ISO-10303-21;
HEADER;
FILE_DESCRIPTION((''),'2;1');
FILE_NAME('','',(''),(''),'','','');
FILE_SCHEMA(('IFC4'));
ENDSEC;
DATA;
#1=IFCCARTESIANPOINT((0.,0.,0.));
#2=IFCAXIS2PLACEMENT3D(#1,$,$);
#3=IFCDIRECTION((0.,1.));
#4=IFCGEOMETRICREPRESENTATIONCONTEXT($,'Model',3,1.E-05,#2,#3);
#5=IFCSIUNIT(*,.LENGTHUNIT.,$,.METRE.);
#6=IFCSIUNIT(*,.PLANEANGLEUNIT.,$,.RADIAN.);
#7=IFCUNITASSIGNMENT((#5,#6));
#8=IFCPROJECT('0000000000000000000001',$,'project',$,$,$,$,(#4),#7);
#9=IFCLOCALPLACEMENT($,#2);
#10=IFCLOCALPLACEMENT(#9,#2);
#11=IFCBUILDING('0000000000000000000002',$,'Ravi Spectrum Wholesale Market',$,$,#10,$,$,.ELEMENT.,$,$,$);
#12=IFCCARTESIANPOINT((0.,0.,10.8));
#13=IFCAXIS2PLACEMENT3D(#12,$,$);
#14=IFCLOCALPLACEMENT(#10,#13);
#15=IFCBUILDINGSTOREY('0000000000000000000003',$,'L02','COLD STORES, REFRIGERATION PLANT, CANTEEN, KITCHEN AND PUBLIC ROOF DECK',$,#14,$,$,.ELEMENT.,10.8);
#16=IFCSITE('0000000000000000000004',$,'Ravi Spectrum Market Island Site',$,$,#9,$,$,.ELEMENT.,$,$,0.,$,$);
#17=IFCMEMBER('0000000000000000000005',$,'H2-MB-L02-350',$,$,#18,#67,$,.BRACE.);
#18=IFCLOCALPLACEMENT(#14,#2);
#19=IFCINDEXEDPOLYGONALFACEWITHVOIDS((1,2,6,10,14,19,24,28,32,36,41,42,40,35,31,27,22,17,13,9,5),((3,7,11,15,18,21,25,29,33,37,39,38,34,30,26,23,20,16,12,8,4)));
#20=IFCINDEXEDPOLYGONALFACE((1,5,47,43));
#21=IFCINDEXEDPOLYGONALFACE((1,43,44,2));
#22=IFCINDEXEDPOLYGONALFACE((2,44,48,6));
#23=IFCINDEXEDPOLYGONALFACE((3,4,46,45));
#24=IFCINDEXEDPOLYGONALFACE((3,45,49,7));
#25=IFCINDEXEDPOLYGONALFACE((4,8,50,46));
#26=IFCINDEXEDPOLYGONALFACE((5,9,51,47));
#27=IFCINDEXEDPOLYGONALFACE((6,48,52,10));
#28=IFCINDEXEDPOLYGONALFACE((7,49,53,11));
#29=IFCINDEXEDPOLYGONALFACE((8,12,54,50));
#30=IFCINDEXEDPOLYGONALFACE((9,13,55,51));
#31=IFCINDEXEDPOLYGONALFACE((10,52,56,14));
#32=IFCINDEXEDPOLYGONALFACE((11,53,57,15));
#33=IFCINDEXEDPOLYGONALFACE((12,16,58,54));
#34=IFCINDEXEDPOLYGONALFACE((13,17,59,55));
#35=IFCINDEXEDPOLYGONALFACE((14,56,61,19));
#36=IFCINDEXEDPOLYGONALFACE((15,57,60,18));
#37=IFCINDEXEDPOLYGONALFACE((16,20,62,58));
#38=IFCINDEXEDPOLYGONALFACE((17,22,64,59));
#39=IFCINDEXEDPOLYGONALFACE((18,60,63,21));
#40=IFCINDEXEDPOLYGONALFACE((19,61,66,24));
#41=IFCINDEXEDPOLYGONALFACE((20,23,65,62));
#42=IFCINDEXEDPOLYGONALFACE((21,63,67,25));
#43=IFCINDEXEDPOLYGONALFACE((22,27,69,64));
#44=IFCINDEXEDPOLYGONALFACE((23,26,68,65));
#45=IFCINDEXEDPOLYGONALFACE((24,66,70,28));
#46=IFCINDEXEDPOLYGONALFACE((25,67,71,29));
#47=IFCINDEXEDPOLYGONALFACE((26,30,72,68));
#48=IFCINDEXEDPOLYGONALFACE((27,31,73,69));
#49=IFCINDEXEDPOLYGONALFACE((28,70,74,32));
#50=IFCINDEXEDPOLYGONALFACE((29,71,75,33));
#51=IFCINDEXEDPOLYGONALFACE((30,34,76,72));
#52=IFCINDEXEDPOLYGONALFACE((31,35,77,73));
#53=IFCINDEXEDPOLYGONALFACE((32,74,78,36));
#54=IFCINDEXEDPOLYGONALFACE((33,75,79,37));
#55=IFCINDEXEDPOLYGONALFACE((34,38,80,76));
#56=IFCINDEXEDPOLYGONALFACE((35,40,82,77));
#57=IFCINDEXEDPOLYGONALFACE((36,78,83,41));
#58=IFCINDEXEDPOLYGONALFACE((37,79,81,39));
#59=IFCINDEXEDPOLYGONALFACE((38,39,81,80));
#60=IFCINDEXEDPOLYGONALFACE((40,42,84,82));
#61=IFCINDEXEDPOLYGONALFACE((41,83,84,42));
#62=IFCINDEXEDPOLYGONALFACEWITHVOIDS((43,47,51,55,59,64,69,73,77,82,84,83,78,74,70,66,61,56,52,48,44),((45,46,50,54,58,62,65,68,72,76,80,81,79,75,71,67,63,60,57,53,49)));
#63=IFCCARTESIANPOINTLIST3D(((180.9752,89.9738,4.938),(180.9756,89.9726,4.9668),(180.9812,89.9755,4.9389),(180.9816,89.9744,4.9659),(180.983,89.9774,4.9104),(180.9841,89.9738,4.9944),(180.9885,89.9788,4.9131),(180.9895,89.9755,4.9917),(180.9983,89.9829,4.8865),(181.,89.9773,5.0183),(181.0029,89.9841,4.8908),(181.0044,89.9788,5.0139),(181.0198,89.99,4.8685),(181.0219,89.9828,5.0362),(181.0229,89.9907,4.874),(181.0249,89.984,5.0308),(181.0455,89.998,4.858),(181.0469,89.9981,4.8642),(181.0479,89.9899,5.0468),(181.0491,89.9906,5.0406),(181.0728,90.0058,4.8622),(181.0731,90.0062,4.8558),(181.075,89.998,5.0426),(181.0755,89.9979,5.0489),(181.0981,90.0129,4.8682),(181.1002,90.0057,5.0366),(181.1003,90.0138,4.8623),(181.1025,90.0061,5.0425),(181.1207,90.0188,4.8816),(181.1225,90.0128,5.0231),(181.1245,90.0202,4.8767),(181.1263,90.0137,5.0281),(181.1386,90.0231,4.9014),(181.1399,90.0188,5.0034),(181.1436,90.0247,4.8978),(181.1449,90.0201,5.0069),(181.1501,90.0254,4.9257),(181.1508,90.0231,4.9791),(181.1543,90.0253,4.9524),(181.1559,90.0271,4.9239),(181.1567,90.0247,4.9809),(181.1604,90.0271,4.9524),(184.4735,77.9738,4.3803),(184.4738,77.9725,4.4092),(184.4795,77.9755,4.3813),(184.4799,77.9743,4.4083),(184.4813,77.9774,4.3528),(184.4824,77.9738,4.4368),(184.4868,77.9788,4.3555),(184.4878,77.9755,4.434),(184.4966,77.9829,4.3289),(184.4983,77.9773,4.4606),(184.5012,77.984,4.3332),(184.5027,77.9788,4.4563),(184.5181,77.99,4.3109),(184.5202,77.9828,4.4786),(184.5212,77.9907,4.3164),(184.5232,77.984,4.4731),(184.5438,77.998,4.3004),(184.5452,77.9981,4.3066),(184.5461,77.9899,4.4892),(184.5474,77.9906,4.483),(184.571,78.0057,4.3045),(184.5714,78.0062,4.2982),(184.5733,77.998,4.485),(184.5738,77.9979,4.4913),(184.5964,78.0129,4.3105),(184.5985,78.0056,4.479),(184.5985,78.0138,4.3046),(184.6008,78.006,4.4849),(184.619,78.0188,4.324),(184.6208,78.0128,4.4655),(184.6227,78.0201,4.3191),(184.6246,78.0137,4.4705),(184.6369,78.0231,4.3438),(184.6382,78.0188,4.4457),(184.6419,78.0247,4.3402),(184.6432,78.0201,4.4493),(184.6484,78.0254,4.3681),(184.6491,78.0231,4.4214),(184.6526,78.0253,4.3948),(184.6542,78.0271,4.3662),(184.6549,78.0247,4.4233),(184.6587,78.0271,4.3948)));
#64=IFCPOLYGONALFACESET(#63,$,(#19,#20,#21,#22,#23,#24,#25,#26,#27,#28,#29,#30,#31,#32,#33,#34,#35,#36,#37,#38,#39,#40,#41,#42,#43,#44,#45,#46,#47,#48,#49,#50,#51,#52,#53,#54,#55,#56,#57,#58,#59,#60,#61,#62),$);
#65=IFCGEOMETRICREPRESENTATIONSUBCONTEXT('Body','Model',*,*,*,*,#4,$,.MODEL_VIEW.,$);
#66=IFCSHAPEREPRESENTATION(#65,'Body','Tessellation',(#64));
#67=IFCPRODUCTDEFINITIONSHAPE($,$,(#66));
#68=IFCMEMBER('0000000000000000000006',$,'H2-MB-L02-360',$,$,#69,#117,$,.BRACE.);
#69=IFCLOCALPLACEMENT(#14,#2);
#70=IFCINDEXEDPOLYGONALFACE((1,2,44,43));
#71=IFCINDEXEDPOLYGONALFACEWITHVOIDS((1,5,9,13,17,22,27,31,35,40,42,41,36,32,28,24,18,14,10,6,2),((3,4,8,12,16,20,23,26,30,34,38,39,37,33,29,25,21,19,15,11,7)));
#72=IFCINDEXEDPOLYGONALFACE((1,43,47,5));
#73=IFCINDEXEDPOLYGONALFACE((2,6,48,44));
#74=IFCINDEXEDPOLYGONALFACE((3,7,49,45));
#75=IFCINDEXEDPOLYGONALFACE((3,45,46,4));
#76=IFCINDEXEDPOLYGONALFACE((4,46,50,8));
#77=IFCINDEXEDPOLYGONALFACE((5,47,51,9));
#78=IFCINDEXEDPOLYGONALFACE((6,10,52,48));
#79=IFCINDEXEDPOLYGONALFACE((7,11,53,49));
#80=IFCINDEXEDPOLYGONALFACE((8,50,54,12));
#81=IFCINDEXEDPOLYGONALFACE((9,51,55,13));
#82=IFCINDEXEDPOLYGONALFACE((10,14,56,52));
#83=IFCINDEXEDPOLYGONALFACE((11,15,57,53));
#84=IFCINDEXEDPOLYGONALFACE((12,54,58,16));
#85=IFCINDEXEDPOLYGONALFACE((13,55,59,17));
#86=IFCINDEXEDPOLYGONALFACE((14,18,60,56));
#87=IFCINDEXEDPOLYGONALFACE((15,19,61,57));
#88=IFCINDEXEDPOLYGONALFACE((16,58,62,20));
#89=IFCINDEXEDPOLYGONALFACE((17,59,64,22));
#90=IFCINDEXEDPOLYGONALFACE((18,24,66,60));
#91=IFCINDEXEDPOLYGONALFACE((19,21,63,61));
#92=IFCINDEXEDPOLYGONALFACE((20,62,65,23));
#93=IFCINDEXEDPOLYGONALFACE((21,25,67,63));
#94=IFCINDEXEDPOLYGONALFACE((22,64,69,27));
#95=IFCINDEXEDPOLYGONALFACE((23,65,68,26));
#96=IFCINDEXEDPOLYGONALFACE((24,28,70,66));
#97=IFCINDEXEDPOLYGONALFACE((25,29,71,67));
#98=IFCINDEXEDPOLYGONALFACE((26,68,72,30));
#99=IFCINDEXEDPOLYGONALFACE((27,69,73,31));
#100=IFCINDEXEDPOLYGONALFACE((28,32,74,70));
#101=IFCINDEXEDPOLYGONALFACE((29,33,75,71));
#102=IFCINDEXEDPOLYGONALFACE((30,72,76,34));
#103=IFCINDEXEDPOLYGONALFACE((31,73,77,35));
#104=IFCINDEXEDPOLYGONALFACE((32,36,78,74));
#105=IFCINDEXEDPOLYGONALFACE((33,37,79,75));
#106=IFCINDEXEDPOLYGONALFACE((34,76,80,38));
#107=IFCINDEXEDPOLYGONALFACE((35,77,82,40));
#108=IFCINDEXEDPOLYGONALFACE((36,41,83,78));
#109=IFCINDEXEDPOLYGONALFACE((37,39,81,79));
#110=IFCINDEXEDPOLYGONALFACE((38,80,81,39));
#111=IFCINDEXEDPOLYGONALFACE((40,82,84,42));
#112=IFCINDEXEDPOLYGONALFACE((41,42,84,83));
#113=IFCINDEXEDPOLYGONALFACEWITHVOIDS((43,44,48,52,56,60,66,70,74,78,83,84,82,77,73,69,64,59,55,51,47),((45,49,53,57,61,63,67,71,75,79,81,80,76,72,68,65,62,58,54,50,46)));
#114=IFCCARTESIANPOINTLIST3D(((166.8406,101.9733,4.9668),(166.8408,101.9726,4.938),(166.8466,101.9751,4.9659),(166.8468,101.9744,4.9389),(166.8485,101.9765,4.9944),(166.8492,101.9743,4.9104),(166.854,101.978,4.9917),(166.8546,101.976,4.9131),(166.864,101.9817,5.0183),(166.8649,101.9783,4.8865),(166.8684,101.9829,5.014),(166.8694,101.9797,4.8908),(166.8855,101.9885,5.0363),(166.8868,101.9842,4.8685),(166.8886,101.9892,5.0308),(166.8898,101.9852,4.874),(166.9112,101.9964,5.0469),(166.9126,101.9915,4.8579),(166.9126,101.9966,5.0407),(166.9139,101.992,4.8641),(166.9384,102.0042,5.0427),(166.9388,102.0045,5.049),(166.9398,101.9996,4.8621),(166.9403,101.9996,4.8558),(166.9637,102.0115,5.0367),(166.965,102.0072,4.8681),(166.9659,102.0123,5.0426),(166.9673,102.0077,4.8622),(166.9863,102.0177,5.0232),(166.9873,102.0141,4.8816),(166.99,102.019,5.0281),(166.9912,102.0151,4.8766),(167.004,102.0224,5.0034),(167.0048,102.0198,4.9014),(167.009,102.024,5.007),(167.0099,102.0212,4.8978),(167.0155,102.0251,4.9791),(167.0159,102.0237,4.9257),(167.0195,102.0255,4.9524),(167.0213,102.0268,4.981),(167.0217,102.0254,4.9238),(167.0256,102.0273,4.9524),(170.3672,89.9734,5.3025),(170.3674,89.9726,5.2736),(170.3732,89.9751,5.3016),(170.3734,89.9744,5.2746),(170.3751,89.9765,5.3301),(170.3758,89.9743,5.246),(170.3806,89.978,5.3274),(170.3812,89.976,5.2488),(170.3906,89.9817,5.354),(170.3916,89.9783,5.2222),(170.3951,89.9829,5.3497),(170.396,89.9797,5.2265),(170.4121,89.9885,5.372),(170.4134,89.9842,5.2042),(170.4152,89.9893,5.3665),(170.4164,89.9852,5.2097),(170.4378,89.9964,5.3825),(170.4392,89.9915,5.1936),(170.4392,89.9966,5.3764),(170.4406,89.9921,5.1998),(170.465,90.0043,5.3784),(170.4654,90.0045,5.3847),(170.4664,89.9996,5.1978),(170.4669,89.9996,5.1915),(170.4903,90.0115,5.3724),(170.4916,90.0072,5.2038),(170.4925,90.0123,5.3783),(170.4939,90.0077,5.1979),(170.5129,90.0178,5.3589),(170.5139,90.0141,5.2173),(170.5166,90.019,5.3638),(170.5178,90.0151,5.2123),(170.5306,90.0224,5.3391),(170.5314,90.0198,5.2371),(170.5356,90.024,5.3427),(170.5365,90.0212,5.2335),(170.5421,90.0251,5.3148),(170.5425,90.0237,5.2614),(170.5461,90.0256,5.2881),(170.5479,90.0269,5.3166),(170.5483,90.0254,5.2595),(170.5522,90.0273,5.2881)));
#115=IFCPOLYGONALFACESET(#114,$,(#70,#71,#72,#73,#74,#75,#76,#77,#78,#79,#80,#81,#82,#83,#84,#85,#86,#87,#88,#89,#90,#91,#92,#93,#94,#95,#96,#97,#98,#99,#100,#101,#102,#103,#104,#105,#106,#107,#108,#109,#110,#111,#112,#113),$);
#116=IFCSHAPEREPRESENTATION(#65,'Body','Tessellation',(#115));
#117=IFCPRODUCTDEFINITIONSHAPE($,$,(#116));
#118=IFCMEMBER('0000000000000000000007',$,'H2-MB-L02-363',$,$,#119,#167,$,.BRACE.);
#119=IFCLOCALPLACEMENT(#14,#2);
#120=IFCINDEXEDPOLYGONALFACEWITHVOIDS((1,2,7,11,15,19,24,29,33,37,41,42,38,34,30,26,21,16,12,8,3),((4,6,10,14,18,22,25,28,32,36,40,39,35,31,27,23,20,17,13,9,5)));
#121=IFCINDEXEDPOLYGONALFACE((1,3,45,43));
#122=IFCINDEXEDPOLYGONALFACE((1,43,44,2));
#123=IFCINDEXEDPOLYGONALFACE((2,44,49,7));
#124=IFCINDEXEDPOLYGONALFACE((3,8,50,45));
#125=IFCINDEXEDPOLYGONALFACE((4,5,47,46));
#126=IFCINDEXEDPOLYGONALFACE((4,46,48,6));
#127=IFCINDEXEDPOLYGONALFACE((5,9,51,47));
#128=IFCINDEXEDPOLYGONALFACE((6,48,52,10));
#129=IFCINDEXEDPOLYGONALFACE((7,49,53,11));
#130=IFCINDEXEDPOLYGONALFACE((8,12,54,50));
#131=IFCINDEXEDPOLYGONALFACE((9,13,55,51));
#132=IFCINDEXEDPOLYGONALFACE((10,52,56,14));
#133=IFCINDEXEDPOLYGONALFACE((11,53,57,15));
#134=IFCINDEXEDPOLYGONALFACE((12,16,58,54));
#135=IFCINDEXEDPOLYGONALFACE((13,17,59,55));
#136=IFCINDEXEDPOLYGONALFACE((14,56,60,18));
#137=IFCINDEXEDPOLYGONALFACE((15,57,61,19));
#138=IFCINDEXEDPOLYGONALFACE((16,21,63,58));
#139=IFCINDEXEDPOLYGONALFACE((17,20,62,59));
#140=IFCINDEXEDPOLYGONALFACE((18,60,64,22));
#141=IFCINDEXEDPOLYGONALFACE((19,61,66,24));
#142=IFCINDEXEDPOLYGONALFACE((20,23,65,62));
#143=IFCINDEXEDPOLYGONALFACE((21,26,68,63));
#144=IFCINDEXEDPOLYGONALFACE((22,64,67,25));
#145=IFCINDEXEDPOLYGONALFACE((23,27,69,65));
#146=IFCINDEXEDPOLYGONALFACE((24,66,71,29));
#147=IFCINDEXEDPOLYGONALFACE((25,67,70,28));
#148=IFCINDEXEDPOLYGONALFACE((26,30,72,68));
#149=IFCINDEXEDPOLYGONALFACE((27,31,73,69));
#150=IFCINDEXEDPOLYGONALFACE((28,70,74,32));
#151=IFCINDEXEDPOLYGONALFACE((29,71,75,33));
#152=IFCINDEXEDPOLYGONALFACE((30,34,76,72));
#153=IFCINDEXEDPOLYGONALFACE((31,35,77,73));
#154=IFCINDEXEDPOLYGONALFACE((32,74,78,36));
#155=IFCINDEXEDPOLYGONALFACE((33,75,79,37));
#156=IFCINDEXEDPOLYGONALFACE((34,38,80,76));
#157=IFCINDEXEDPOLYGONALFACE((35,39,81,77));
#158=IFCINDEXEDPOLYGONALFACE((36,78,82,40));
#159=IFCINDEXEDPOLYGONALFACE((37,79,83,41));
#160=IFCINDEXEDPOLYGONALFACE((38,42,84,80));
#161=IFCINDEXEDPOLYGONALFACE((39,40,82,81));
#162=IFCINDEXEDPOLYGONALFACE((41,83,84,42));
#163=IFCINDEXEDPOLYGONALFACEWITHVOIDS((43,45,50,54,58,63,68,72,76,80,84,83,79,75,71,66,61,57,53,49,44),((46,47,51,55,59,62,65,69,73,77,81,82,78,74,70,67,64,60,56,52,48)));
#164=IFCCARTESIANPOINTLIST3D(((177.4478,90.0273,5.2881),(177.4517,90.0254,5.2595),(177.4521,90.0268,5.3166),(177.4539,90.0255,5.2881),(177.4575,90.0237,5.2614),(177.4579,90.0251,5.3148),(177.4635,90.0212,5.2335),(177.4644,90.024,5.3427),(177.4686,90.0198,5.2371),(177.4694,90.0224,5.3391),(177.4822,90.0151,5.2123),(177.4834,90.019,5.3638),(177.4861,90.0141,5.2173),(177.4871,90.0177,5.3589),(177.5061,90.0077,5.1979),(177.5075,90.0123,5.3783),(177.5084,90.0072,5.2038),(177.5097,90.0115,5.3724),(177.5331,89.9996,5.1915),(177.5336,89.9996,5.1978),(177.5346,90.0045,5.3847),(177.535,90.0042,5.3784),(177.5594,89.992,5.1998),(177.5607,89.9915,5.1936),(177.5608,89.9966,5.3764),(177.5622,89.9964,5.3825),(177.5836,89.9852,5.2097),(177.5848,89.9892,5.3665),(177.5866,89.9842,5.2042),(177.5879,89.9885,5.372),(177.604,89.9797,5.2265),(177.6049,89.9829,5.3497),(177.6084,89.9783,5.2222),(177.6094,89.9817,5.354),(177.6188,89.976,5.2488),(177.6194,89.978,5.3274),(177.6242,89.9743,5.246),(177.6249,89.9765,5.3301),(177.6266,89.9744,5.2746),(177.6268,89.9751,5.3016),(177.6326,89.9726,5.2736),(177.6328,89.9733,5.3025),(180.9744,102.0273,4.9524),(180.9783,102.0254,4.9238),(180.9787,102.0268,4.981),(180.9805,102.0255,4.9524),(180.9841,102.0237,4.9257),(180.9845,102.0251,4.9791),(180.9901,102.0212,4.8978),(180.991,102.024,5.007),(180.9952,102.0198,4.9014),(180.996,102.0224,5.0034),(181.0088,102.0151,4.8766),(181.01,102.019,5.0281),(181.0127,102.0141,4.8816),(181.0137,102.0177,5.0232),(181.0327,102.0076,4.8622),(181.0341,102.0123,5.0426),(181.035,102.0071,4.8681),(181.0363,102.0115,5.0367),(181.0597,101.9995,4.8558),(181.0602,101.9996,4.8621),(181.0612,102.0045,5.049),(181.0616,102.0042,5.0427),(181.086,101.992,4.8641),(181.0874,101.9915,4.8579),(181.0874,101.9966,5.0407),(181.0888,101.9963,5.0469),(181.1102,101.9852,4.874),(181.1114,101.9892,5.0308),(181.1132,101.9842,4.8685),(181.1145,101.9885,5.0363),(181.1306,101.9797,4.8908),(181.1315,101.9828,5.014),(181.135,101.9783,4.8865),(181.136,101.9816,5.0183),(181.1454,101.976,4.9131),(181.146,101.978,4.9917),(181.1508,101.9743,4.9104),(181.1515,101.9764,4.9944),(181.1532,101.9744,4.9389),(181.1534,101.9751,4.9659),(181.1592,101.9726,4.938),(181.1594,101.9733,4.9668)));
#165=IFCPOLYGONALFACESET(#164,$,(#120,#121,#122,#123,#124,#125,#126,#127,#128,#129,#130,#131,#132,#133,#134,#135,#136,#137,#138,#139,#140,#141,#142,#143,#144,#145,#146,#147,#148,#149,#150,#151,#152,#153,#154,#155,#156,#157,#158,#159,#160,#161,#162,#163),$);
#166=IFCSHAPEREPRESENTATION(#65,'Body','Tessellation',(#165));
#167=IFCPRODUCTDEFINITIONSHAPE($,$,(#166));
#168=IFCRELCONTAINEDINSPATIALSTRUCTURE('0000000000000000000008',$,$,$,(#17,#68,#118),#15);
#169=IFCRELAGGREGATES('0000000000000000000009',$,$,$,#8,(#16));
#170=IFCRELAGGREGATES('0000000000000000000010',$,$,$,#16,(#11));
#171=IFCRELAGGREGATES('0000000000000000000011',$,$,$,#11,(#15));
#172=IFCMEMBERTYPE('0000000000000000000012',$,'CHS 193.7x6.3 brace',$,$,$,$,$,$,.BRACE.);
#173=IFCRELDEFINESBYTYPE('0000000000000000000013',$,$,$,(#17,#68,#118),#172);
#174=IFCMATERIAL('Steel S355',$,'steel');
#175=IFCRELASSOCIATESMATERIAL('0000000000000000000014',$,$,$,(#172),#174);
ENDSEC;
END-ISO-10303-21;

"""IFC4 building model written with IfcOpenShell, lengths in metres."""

from ifc_helpers import new_model, si_unit, direction, frame, origin, origin_2d, place, context, subcontext, project, spatial, hollow_circle, extrude, material, material_profile, profile_set, type_object, element, save


model = new_model("IFC4")

# Units and contexts
model_context = context("Model", 3, precision=1e-05, world=origin(), true_north=direction((0.0, 1.0)))
body_context = subcontext(model_context, "Body", "Model", "MODEL_VIEW")
ifc_project = project(units=[si_unit("LENGTHUNIT", "METRE"), si_unit("PLANEANGLEUNIT", "RADIAN")], contexts=[model_context])

# Site, building, storey
site_placement = place(None, origin())
site = spatial("IfcSite", under=ifc_project, at=site_placement, Name="Ravi Spectrum Market Island Site", CompositionType="ELEMENT", RefElevation=0.0)
building_placement = place(site_placement, origin())
building = spatial("IfcBuilding", under=site, at=building_placement, Name="Ravi Spectrum Wholesale Market", CompositionType="ELEMENT")
storey_placement = place(building_placement, frame((0.0, 0.0, 10.8)))
storey = spatial("IfcBuildingStorey", under=building, at=storey_placement, Name="L02", Description="COLD STORES, REFRIGERATION PLANT, CANTEEN, KITCHEN AND PUBLIC ROOF DECK", CompositionType="ELEMENT", Elevation=10.8)

# Members
ifc_material_1 = material(Name="Steel S355", Category="steel")
ifc_material_profile_1 = material_profile(ifc_material_1, hollow_circle(Radius=0.0969, WallThickness=0.0063, at=origin_2d()))
ifc_profile_set_1 = profile_set([ifc_material_profile_1], Name="Steel S355")
member_type_1 = type_object("IfcMemberType", Name="CHS 193.7x6.3 brace", PredefinedType="BRACE", material=ifc_profile_set_1)
for number, where, z_axis, x_axis, name in (
    (1, (181.0674, 90.0, 4.9524), (0.279596, -0.959083, -0.044567), (0.960037, 0.279874, 0.0), "H2-MB-L02-350"),
    (2, (166.9326, 102.0, 4.9524), (0.281859, -0.959081, 0.02683), (0.959426, 0.28196, 0.0), "H2-MB-L02-360"),
    (3, (177.5408, 90.0, 5.2881), (0.281859, 0.959081, -0.02683), (-0.959426, 0.28196, 0.0), "H2-MB-L02-363"),
):
    element("IfcMember", number, at=place(storey_placement, frame(where, z_axis=z_axis, x_axis=x_axis)), inside=storey, type_object=member_type_1, Name=name, PredefinedType="BRACE", context=body_context, shape_type="SweptSolid", body=[
        extrude(hollow_circle(Radius=0.0969, WallThickness=0.0063, at=origin_2d()), origin(), (0.0, 0.0, 1.0), 12.512),
    ])

save(model, "model.ifc")
